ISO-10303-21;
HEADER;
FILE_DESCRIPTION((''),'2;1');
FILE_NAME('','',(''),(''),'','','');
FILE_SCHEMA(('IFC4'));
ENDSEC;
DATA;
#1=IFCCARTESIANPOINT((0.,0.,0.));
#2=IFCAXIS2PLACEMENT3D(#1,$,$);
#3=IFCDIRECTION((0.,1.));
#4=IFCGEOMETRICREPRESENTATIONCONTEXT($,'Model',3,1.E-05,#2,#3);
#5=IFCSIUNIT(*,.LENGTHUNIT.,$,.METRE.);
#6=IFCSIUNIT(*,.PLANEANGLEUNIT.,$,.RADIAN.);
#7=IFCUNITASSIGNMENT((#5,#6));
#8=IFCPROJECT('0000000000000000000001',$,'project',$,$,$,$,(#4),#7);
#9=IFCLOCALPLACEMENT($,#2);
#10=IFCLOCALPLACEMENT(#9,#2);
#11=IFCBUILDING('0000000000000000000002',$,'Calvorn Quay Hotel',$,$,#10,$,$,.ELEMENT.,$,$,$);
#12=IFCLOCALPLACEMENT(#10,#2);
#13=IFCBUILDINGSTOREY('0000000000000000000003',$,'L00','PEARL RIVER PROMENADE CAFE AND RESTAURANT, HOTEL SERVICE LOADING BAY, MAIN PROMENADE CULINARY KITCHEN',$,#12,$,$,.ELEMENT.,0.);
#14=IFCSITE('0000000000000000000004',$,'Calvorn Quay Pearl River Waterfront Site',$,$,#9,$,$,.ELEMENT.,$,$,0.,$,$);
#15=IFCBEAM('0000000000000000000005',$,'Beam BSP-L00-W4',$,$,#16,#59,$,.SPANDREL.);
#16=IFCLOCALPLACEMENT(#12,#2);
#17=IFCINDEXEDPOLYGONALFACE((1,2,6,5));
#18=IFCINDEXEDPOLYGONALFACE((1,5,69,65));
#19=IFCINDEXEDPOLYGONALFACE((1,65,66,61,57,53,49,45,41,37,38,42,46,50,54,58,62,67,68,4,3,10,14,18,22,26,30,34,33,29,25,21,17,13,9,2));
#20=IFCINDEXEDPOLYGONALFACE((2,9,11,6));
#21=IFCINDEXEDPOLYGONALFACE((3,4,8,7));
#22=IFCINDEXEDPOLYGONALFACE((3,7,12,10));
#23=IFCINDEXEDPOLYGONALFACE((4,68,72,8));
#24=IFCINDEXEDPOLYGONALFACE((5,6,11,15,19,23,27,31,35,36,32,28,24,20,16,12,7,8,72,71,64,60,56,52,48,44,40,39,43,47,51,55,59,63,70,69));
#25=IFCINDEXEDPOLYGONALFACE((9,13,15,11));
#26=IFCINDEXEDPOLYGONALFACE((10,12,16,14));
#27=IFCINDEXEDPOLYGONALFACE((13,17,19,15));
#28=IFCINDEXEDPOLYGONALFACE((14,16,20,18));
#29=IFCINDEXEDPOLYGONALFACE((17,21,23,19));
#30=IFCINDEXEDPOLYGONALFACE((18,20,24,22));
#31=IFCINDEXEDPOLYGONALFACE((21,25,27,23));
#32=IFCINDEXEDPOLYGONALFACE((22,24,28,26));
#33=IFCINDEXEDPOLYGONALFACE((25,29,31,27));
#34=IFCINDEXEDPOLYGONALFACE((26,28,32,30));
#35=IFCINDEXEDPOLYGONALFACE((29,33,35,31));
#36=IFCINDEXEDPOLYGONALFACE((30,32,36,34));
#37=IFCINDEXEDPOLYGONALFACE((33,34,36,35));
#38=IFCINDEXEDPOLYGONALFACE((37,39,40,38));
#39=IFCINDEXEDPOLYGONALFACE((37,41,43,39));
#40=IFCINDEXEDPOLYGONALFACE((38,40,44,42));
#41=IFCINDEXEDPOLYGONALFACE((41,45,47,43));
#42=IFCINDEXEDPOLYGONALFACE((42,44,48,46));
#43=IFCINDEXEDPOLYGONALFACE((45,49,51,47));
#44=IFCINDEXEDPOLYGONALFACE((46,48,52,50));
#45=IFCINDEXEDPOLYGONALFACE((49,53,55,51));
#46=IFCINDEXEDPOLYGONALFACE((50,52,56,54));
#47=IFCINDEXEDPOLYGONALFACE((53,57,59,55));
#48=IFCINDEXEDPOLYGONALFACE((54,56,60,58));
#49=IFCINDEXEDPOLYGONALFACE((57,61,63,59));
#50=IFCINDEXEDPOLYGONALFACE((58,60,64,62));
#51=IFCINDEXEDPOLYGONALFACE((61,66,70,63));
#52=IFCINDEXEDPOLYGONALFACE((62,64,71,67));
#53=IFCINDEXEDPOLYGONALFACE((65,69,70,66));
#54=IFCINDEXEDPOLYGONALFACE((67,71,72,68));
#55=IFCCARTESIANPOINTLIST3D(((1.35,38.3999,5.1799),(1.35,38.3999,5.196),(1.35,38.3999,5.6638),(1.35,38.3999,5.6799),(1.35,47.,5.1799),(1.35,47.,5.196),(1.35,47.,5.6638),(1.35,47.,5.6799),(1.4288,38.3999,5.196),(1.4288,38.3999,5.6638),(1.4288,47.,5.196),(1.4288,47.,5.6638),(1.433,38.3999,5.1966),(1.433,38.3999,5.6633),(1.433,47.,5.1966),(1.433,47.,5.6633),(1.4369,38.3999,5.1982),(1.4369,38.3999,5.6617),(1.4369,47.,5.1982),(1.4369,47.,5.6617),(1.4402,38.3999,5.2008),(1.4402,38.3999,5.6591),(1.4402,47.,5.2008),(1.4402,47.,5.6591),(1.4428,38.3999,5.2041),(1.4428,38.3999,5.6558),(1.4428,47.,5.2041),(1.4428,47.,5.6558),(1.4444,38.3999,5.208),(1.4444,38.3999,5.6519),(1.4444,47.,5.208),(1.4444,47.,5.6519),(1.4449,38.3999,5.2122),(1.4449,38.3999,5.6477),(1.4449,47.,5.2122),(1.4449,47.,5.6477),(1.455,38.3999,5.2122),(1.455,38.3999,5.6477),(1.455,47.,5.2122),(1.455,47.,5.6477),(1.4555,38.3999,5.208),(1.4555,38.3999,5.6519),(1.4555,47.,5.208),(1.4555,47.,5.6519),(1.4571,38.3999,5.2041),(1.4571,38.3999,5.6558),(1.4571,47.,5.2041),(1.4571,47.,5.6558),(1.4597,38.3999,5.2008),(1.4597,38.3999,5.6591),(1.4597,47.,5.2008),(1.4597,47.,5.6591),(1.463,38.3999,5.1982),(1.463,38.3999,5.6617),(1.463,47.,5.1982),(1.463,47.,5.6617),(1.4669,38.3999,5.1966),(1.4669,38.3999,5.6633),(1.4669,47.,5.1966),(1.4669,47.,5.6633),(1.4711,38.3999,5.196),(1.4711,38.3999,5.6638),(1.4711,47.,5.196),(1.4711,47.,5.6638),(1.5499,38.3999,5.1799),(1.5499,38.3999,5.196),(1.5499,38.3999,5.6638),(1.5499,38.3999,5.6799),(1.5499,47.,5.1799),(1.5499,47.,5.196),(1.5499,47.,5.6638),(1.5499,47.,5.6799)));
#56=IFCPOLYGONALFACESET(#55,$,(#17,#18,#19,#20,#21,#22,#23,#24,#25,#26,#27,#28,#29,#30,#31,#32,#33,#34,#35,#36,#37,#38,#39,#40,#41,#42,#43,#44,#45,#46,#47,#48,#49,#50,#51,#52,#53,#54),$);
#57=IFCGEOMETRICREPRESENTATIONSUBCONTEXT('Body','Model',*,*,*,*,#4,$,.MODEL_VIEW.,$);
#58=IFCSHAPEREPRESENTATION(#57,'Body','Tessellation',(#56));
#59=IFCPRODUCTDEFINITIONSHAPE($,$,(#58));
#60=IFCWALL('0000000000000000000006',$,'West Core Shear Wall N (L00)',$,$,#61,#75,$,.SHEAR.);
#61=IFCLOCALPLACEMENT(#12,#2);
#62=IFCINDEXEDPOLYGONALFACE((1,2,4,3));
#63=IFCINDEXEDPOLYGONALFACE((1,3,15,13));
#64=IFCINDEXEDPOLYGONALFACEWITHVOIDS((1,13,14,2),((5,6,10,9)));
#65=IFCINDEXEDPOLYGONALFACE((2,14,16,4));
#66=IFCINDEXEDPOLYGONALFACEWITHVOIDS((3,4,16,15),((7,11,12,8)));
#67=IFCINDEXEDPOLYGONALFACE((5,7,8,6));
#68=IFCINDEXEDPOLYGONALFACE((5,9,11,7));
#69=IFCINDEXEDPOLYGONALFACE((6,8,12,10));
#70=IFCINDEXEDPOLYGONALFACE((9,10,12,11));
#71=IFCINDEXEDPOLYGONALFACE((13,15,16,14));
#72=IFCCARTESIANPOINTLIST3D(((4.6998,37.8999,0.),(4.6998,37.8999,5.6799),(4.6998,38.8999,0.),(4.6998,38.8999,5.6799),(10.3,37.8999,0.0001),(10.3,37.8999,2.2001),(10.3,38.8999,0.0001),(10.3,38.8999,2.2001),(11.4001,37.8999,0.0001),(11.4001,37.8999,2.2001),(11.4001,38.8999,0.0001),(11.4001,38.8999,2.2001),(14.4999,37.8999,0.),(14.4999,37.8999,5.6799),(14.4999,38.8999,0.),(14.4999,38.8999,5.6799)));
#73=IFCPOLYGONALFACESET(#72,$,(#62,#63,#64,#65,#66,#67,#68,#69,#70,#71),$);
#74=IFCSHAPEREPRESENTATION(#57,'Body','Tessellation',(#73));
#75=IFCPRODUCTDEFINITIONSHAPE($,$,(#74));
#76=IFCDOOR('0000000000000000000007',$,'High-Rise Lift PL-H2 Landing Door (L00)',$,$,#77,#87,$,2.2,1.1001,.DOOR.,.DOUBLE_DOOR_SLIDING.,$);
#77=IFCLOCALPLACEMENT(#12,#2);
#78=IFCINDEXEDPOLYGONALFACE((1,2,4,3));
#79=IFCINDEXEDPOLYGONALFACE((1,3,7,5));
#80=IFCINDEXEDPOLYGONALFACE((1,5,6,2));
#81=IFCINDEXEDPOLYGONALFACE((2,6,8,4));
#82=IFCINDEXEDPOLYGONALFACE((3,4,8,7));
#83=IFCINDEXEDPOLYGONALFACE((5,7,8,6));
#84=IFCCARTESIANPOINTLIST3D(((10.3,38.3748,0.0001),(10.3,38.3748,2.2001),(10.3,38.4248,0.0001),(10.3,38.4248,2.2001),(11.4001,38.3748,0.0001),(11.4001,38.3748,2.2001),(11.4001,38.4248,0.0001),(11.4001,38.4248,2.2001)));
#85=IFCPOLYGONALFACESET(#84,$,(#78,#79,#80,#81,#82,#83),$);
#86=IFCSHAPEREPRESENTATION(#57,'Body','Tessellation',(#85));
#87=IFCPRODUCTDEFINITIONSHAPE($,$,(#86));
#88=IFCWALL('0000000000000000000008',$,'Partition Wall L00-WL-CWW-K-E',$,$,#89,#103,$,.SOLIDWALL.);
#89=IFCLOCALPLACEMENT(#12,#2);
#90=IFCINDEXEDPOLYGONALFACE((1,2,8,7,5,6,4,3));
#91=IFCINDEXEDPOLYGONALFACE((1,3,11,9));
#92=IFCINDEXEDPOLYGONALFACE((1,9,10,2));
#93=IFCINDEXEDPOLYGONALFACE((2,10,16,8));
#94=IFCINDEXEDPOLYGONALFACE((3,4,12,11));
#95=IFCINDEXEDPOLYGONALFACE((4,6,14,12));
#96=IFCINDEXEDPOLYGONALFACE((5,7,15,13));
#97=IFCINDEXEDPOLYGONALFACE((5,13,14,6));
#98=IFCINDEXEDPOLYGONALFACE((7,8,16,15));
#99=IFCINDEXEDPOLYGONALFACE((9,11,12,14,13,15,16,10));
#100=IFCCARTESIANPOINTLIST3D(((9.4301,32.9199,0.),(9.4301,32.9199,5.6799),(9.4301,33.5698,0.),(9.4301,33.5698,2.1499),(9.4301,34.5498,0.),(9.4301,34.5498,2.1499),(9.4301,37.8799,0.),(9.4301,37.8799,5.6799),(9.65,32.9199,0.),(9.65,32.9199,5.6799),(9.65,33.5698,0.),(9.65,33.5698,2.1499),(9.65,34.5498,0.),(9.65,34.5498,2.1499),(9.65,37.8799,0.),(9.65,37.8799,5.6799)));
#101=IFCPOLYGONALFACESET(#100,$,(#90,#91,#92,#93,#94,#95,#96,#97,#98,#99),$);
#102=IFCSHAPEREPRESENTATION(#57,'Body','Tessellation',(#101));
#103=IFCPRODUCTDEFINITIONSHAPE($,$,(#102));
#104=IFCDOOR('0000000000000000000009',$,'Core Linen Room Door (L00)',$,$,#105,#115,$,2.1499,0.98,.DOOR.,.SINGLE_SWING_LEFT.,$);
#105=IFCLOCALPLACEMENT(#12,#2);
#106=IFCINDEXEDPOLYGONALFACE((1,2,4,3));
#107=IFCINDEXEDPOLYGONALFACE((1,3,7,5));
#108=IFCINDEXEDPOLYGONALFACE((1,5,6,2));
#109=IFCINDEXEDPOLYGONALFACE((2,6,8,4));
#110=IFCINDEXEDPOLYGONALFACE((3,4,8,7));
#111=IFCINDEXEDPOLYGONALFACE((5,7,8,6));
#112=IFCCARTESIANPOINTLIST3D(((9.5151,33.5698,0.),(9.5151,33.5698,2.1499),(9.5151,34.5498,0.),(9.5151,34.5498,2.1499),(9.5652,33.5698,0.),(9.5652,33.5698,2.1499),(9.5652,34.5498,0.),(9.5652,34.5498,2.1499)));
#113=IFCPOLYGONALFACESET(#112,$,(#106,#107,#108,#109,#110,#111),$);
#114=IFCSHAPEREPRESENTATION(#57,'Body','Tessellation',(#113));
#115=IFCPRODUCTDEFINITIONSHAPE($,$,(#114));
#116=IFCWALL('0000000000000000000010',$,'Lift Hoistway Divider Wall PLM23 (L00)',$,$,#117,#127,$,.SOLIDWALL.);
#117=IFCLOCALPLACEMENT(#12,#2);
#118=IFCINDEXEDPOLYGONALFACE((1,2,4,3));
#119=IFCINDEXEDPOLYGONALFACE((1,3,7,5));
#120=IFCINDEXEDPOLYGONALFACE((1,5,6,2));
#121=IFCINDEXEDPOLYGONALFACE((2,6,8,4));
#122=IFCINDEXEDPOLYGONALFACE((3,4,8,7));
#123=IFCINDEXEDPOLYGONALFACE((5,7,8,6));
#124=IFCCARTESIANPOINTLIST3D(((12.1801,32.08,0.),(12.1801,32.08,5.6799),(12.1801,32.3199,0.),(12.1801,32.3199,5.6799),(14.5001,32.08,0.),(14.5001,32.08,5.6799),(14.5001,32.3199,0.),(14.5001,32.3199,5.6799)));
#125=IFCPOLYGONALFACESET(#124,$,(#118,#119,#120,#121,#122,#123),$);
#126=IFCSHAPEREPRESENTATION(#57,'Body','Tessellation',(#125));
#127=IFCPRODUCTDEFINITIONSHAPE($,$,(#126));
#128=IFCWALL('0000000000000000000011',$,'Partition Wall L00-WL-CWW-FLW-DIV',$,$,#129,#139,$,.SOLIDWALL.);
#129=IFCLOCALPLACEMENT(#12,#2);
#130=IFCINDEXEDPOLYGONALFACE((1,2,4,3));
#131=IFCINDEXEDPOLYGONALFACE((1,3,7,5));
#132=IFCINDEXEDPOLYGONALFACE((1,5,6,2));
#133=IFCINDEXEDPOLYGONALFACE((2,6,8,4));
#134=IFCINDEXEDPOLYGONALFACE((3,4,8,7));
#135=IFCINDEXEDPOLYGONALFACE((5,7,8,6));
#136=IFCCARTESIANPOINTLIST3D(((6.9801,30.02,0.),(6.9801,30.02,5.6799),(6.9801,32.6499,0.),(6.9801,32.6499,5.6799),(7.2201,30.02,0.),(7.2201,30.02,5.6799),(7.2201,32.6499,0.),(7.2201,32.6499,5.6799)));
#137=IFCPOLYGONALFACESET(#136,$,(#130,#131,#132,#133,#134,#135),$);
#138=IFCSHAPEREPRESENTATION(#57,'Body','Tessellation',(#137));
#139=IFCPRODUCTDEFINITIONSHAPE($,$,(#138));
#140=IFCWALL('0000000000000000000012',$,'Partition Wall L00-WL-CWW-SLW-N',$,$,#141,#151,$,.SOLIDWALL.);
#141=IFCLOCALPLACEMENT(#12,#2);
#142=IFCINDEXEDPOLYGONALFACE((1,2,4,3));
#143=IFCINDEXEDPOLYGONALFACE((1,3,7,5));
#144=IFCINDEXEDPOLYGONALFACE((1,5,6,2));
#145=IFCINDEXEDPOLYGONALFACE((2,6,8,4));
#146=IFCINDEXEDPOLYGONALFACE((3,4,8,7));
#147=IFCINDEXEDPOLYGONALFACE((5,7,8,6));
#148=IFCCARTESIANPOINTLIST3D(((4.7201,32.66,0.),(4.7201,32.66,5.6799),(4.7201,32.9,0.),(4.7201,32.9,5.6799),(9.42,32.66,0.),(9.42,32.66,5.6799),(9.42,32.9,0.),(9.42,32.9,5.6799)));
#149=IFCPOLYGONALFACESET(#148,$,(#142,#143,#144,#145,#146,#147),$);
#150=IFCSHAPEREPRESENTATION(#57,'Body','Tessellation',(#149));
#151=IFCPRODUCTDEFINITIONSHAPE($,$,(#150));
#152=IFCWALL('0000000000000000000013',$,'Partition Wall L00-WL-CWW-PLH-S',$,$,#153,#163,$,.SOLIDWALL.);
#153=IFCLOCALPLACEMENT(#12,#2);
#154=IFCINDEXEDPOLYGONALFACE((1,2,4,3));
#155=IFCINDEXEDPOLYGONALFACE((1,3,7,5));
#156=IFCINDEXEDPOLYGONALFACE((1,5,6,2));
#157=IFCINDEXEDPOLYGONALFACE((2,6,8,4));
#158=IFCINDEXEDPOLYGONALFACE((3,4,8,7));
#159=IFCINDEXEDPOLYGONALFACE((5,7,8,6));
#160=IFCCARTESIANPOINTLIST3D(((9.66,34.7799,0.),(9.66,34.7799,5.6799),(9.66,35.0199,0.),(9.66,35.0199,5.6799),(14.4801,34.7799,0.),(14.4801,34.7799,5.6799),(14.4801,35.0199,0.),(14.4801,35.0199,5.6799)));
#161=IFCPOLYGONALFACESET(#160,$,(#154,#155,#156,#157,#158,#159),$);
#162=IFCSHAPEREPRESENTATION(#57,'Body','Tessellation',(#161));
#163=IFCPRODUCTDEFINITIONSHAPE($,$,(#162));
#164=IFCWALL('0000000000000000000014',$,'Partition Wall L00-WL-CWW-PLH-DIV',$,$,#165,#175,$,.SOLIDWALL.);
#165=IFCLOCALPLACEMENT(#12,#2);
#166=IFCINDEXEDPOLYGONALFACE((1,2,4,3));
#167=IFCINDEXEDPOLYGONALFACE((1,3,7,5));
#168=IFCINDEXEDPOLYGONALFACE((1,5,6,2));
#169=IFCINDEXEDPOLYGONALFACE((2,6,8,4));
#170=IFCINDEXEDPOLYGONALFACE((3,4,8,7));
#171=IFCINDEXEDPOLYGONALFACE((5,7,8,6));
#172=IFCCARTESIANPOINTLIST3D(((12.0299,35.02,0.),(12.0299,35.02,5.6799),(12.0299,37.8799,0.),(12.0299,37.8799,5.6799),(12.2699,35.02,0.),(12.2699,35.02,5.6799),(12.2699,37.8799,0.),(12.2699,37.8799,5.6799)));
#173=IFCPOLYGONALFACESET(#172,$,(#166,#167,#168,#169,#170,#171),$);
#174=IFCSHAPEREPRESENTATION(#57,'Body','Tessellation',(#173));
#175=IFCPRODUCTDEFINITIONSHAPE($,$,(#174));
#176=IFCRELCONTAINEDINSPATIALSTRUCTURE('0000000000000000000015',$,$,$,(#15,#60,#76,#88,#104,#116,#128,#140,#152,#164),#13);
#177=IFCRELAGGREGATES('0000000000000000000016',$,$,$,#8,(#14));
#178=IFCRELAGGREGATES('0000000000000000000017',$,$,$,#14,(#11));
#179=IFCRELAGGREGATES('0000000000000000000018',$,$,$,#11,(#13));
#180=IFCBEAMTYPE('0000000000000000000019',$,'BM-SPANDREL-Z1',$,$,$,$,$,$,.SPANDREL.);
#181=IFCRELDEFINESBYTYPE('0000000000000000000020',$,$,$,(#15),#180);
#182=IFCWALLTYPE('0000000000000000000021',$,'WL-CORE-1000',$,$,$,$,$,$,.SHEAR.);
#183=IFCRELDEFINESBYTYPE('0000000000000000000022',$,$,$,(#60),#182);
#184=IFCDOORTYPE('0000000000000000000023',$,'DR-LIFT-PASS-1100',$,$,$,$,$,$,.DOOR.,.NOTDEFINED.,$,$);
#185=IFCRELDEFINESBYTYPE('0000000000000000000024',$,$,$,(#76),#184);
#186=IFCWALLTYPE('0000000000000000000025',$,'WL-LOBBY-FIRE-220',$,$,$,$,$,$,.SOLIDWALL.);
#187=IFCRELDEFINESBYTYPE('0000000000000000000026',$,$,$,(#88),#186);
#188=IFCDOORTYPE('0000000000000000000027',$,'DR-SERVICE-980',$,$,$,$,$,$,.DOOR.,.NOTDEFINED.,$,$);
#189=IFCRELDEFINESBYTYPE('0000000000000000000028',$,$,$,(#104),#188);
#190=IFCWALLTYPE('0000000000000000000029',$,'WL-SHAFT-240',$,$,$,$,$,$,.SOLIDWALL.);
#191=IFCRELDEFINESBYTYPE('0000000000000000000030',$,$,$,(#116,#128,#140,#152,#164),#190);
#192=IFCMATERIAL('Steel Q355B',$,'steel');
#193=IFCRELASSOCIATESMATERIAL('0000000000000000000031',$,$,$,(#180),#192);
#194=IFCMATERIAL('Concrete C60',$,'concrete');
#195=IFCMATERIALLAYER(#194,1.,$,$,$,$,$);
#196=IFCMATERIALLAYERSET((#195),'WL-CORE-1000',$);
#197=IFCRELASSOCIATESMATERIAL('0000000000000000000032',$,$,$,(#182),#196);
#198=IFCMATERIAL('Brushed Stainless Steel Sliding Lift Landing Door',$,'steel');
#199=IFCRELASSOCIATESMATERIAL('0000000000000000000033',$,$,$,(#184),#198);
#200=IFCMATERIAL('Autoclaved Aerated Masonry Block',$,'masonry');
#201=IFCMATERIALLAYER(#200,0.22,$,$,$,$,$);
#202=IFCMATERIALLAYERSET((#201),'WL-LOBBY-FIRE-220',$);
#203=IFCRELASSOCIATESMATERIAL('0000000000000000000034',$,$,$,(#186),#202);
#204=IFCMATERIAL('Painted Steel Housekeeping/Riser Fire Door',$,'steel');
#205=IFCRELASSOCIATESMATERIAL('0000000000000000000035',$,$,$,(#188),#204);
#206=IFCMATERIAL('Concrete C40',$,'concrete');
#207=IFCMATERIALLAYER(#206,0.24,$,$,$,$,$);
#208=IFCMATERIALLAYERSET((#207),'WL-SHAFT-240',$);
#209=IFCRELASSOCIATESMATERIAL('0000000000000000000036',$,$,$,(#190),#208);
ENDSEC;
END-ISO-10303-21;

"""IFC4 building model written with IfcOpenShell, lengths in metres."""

from ifc_helpers import new_model, si_unit, direction, frame, frame_2d, origin, origin_2d, place, context, subcontext, project, spatial, rectangle, i_section, extrude, material, layer, layer_set, material_profile, profile_set, type_object, element, fill, save


model = new_model("IFC4")

# Units and contexts
model_context = context("Model", 3, precision=1e-05, world=origin(), true_north=direction((0.0, 1.0)))
body_context = subcontext(model_context, "Body", "Model", "MODEL_VIEW")
ifc_project = project(units=[si_unit("LENGTHUNIT", "METRE"), si_unit("PLANEANGLEUNIT", "RADIAN")], contexts=[model_context])

# Site, building, storey
site_placement = place(None, origin())
site = spatial("IfcSite", under=ifc_project, at=site_placement, Name="Calvorn Quay Pearl River Waterfront Site", CompositionType="ELEMENT", RefElevation=0.0)
building_placement = place(site_placement, origin())
building = spatial("IfcBuilding", under=site, at=building_placement, Name="Calvorn Quay Hotel", CompositionType="ELEMENT")
storey_placement = place(building_placement, origin())
storey = spatial("IfcBuildingStorey", under=building, at=storey_placement, Name="L00", Description="PEARL RIVER PROMENADE CAFE AND RESTAURANT, HOTEL SERVICE LOADING BAY, MAIN PROMENADE CULINARY KITCHEN", CompositionType="ELEMENT", Elevation=0.0)

# Beam
ifc_material_1 = material(Name="Steel Q355B", Category="steel")
ifc_material_profile_1 = material_profile(ifc_material_1, i_section(OverallWidth=0.2, OverallDepth=0.5, WebThickness=0.01, FlangeThickness=0.0161, FilletRadius=0.0161, at=origin_2d()), Name="HN500x200x10x16")
ifc_profile_set_1 = profile_set([ifc_material_profile_1], Name="Steel Q355B")
beam_type_1 = type_object("IfcBeamType", Name="BM-SPANDREL-Z1", PredefinedType="SPANDREL", material=ifc_profile_set_1)
beam_1_placement = place(storey_placement, frame((1.45, 38.3999, 5.4299), z_axis=(0.0, 1.0, 0.0), x_axis=(-1.0, 0.0, 0.0)))
element("IfcBeam", 1, at=beam_1_placement, inside=storey, type_object=beam_type_1, Name="Beam BSP-L00-W4", PredefinedType="SPANDREL", context=body_context, shape_type="SweptSolid", body=[
    extrude(i_section(OverallWidth=0.2, OverallDepth=0.5, WebThickness=0.01, FlangeThickness=0.0161, FilletRadius=0.0161, at=origin_2d()), origin(), (0.0, 0.0, 1.0), 8.6001),
])

# Walls, openings, doors
ifc_material_2 = material(Name="Concrete C60", Category="concrete")
ifc_layer_1 = layer(ifc_material_2, 1.0)
ifc_layer_set_1 = layer_set([ifc_layer_1], Name="WL-CORE-1000")
wall_type_1 = type_object("IfcWallType", Name="WL-CORE-1000", PredefinedType="SHEAR", material=ifc_layer_set_1)
wall_1_placement = place(storey_placement, frame((4.7, 38.3999, 0.0), z_axis=(0.0, 0.0, 1.0), x_axis=(1.0, 0.0, 0.0)))
wall_1 = element("IfcWall", 2, at=wall_1_placement, inside=storey, type_object=wall_type_1, Name="West Core Shear Wall N (L00)", PredefinedType="SHEAR", context=body_context, shape_type="SweptSolid", body=[
    extrude(rectangle(XDim=9.8, YDim=1.0, at=frame_2d((4.8999, 0.0))), origin(), (0.0, 0.0, 1.0), 5.6799),
])
opening_1_placement = place(wall_1_placement, frame((5.6001, 0.0, 0.0)))
opening_1 = element("IfcOpeningElement", 3, at=opening_1_placement, cuts=wall_1, PredefinedType="OPENING", context=body_context, shape_type="SweptSolid", body=[
    extrude(rectangle(XDim=1.1001, YDim=2.2, at=frame_2d((0.55, 1.1001))), frame((0.0, 0.51, 0.0), z_axis=(0.0, -1.0, 0.0), x_axis=(1.0, 0.0, 0.0)), (0.0, 0.0, 1.0), 1.02),
])
ifc_material_3 = material(Name="Brushed Stainless Steel Sliding Lift Landing Door", Category="steel")
door_type_1 = type_object("IfcDoorType", Name="DR-LIFT-PASS-1100", OperationType="NOTDEFINED", PredefinedType="DOOR", material=ifc_material_3)
door_1_placement = place(opening_1_placement, origin())
door_1 = element("IfcDoor", 4, at=door_1_placement, inside=storey, type_object=door_type_1, Name="High-Rise Lift PL-H2 Landing Door (L00)", OperationType="DOUBLE_DOOR_SLIDING", OverallHeight=2.2, OverallWidth=1.1001, PredefinedType="DOOR", context=body_context, shape_type="SweptSolid", body=[
    extrude(rectangle(XDim=1.1001, YDim=2.2, at=frame_2d((0.55, 1.1001))), frame((0.0, 0.0249, 0.0), z_axis=(0.0, -1.0, 0.0), x_axis=(1.0, 0.0, 0.0)), (0.0, 0.0, 1.0), 0.05),
])
fill(opening_1, door_1)
ifc_material_4 = material(Name="Autoclaved Aerated Masonry Block", Category="masonry")
ifc_layer_2 = layer(ifc_material_4, 0.22)
ifc_layer_set_2 = layer_set([ifc_layer_2], Name="WL-LOBBY-FIRE-220")
wall_type_2 = type_object("IfcWallType", Name="WL-LOBBY-FIRE-220", PredefinedType="SOLIDWALL", material=ifc_layer_set_2)
wall_2_placement = place(storey_placement, frame((9.54, 32.9199, 0.0), z_axis=(0.0, 0.0, 1.0), x_axis=(0.0, 1.0, 0.0)))
wall_2 = element("IfcWall", 5, at=wall_2_placement, inside=storey, type_object=wall_type_2, Name="Partition Wall L00-WL-CWW-K-E", PredefinedType="SOLIDWALL", context=body_context, shape_type="SweptSolid", body=[
    extrude(rectangle(XDim=4.96, YDim=0.22, at=frame_2d((2.48, 0.0))), origin(), (0.0, 0.0, 1.0), 5.6799),
])
opening_2_placement = place(wall_2_placement, frame((0.6499, 0.0, 0.0)))
opening_2 = element("IfcOpeningElement", 6, at=opening_2_placement, cuts=wall_2, PredefinedType="OPENING", context=body_context, shape_type="SweptSolid", body=[
    extrude(rectangle(XDim=0.98, YDim=2.1499, at=frame_2d((0.49, 1.075))), frame((0.0, 0.1199, 0.0), z_axis=(0.0, -1.0, 0.0), x_axis=(1.0, 0.0, 0.0)), (0.0, 0.0, 1.0), 0.24),
])
ifc_material_5 = material(Name="Painted Steel Housekeeping/Riser Fire Door", Category="steel")
door_type_2 = type_object("IfcDoorType", Name="DR-SERVICE-980", OperationType="NOTDEFINED", PredefinedType="DOOR", material=ifc_material_5)
door_2_placement = place(opening_2_placement, origin())
door_2 = element("IfcDoor", 7, at=door_2_placement, inside=storey, type_object=door_type_2, Name="Core Linen Room Door (L00)", OperationType="SINGLE_SWING_LEFT", OverallHeight=2.1499, OverallWidth=0.98, PredefinedType="DOOR", context=body_context, shape_type="SweptSolid", body=[
    extrude(rectangle(XDim=0.98, YDim=2.1499, at=frame_2d((0.49, 1.075))), frame((0.0, 0.0249, 0.0), z_axis=(0.0, -1.0, 0.0), x_axis=(1.0, 0.0, 0.0)), (0.0, 0.0, 1.0), 0.05),
])
fill(opening_2, door_2)

# Walls
ifc_material_6 = material(Name="Concrete C40", Category="concrete")
ifc_layer_3 = layer(ifc_material_6, 0.24)
ifc_layer_set_3 = layer_set([ifc_layer_3], Name="WL-SHAFT-240")
wall_type_3 = type_object("IfcWallType", Name="WL-SHAFT-240", PredefinedType="SOLIDWALL", material=ifc_layer_set_3)
wall_3_placement = place(storey_placement, frame((12.1799, 32.2, 0.0), z_axis=(0.0, 0.0, 1.0), x_axis=(1.0, 0.0, 0.0)))
element("IfcWall", 8, at=wall_3_placement, inside=storey, type_object=wall_type_3, Name="Lift Hoistway Divider Wall PLM23 (L00)", PredefinedType="SOLIDWALL", context=body_context, shape_type="SweptSolid", body=[
    extrude(rectangle(XDim=2.3201, YDim=0.24, at=frame_2d((1.1602, 0.0))), origin(), (0.0, 0.0, 1.0), 5.6799),
])
wall_4_placement = place(storey_placement, frame((7.1001, 30.02, 0.0), z_axis=(0.0, 0.0, 1.0), x_axis=(0.0, 1.0, 0.0)))
element("IfcWall", 9, at=wall_4_placement, inside=storey, type_object=wall_type_3, Name="Partition Wall L00-WL-CWW-FLW-DIV", PredefinedType="SOLIDWALL", context=body_context, shape_type="SweptSolid", body=[
    extrude(rectangle(XDim=2.6299, YDim=0.24, at=frame_2d((1.3149, 0.0))), origin(), (0.0, 0.0, 1.0), 5.6799),
])
wall_5_placement = place(storey_placement, frame((4.72, 32.78, 0.0), z_axis=(0.0, 0.0, 1.0), x_axis=(1.0, 0.0, 0.0)))
element("IfcWall", 10, at=wall_5_placement, inside=storey, type_object=wall_type_3, Name="Partition Wall L00-WL-CWW-SLW-N", PredefinedType="SOLIDWALL", context=body_context, shape_type="SweptSolid", body=[
    extrude(rectangle(XDim=4.7, YDim=0.24, at=frame_2d((2.3501, 0.0))), origin(), (0.0, 0.0, 1.0), 5.6799),
])
wall_6_placement = place(storey_placement, frame((9.6599, 34.8999, 0.0), z_axis=(0.0, 0.0, 1.0), x_axis=(1.0, 0.0, 0.0)))
element("IfcWall", 11, at=wall_6_placement, inside=storey, type_object=wall_type_3, Name="Partition Wall L00-WL-CWW-PLH-S", PredefinedType="SOLIDWALL", context=body_context, shape_type="SweptSolid", body=[
    extrude(rectangle(XDim=4.8201, YDim=0.24, at=frame_2d((2.4102, 0.0))), origin(), (0.0, 0.0, 1.0), 5.6799),
])
wall_7_placement = place(storey_placement, frame((12.1499, 35.02, 0.0), z_axis=(0.0, 0.0, 1.0), x_axis=(0.0, 1.0, 0.0)))
element("IfcWall", 12, at=wall_7_placement, inside=storey, type_object=wall_type_3, Name="Partition Wall L00-WL-CWW-PLH-DIV", PredefinedType="SOLIDWALL", context=body_context, shape_type="SweptSolid", body=[
    extrude(rectangle(XDim=2.8599, YDim=0.24, at=frame_2d((1.4299, 0.0))), origin(), (0.0, 0.0, 1.0), 5.6799),
])

save(model, "model.ifc")
